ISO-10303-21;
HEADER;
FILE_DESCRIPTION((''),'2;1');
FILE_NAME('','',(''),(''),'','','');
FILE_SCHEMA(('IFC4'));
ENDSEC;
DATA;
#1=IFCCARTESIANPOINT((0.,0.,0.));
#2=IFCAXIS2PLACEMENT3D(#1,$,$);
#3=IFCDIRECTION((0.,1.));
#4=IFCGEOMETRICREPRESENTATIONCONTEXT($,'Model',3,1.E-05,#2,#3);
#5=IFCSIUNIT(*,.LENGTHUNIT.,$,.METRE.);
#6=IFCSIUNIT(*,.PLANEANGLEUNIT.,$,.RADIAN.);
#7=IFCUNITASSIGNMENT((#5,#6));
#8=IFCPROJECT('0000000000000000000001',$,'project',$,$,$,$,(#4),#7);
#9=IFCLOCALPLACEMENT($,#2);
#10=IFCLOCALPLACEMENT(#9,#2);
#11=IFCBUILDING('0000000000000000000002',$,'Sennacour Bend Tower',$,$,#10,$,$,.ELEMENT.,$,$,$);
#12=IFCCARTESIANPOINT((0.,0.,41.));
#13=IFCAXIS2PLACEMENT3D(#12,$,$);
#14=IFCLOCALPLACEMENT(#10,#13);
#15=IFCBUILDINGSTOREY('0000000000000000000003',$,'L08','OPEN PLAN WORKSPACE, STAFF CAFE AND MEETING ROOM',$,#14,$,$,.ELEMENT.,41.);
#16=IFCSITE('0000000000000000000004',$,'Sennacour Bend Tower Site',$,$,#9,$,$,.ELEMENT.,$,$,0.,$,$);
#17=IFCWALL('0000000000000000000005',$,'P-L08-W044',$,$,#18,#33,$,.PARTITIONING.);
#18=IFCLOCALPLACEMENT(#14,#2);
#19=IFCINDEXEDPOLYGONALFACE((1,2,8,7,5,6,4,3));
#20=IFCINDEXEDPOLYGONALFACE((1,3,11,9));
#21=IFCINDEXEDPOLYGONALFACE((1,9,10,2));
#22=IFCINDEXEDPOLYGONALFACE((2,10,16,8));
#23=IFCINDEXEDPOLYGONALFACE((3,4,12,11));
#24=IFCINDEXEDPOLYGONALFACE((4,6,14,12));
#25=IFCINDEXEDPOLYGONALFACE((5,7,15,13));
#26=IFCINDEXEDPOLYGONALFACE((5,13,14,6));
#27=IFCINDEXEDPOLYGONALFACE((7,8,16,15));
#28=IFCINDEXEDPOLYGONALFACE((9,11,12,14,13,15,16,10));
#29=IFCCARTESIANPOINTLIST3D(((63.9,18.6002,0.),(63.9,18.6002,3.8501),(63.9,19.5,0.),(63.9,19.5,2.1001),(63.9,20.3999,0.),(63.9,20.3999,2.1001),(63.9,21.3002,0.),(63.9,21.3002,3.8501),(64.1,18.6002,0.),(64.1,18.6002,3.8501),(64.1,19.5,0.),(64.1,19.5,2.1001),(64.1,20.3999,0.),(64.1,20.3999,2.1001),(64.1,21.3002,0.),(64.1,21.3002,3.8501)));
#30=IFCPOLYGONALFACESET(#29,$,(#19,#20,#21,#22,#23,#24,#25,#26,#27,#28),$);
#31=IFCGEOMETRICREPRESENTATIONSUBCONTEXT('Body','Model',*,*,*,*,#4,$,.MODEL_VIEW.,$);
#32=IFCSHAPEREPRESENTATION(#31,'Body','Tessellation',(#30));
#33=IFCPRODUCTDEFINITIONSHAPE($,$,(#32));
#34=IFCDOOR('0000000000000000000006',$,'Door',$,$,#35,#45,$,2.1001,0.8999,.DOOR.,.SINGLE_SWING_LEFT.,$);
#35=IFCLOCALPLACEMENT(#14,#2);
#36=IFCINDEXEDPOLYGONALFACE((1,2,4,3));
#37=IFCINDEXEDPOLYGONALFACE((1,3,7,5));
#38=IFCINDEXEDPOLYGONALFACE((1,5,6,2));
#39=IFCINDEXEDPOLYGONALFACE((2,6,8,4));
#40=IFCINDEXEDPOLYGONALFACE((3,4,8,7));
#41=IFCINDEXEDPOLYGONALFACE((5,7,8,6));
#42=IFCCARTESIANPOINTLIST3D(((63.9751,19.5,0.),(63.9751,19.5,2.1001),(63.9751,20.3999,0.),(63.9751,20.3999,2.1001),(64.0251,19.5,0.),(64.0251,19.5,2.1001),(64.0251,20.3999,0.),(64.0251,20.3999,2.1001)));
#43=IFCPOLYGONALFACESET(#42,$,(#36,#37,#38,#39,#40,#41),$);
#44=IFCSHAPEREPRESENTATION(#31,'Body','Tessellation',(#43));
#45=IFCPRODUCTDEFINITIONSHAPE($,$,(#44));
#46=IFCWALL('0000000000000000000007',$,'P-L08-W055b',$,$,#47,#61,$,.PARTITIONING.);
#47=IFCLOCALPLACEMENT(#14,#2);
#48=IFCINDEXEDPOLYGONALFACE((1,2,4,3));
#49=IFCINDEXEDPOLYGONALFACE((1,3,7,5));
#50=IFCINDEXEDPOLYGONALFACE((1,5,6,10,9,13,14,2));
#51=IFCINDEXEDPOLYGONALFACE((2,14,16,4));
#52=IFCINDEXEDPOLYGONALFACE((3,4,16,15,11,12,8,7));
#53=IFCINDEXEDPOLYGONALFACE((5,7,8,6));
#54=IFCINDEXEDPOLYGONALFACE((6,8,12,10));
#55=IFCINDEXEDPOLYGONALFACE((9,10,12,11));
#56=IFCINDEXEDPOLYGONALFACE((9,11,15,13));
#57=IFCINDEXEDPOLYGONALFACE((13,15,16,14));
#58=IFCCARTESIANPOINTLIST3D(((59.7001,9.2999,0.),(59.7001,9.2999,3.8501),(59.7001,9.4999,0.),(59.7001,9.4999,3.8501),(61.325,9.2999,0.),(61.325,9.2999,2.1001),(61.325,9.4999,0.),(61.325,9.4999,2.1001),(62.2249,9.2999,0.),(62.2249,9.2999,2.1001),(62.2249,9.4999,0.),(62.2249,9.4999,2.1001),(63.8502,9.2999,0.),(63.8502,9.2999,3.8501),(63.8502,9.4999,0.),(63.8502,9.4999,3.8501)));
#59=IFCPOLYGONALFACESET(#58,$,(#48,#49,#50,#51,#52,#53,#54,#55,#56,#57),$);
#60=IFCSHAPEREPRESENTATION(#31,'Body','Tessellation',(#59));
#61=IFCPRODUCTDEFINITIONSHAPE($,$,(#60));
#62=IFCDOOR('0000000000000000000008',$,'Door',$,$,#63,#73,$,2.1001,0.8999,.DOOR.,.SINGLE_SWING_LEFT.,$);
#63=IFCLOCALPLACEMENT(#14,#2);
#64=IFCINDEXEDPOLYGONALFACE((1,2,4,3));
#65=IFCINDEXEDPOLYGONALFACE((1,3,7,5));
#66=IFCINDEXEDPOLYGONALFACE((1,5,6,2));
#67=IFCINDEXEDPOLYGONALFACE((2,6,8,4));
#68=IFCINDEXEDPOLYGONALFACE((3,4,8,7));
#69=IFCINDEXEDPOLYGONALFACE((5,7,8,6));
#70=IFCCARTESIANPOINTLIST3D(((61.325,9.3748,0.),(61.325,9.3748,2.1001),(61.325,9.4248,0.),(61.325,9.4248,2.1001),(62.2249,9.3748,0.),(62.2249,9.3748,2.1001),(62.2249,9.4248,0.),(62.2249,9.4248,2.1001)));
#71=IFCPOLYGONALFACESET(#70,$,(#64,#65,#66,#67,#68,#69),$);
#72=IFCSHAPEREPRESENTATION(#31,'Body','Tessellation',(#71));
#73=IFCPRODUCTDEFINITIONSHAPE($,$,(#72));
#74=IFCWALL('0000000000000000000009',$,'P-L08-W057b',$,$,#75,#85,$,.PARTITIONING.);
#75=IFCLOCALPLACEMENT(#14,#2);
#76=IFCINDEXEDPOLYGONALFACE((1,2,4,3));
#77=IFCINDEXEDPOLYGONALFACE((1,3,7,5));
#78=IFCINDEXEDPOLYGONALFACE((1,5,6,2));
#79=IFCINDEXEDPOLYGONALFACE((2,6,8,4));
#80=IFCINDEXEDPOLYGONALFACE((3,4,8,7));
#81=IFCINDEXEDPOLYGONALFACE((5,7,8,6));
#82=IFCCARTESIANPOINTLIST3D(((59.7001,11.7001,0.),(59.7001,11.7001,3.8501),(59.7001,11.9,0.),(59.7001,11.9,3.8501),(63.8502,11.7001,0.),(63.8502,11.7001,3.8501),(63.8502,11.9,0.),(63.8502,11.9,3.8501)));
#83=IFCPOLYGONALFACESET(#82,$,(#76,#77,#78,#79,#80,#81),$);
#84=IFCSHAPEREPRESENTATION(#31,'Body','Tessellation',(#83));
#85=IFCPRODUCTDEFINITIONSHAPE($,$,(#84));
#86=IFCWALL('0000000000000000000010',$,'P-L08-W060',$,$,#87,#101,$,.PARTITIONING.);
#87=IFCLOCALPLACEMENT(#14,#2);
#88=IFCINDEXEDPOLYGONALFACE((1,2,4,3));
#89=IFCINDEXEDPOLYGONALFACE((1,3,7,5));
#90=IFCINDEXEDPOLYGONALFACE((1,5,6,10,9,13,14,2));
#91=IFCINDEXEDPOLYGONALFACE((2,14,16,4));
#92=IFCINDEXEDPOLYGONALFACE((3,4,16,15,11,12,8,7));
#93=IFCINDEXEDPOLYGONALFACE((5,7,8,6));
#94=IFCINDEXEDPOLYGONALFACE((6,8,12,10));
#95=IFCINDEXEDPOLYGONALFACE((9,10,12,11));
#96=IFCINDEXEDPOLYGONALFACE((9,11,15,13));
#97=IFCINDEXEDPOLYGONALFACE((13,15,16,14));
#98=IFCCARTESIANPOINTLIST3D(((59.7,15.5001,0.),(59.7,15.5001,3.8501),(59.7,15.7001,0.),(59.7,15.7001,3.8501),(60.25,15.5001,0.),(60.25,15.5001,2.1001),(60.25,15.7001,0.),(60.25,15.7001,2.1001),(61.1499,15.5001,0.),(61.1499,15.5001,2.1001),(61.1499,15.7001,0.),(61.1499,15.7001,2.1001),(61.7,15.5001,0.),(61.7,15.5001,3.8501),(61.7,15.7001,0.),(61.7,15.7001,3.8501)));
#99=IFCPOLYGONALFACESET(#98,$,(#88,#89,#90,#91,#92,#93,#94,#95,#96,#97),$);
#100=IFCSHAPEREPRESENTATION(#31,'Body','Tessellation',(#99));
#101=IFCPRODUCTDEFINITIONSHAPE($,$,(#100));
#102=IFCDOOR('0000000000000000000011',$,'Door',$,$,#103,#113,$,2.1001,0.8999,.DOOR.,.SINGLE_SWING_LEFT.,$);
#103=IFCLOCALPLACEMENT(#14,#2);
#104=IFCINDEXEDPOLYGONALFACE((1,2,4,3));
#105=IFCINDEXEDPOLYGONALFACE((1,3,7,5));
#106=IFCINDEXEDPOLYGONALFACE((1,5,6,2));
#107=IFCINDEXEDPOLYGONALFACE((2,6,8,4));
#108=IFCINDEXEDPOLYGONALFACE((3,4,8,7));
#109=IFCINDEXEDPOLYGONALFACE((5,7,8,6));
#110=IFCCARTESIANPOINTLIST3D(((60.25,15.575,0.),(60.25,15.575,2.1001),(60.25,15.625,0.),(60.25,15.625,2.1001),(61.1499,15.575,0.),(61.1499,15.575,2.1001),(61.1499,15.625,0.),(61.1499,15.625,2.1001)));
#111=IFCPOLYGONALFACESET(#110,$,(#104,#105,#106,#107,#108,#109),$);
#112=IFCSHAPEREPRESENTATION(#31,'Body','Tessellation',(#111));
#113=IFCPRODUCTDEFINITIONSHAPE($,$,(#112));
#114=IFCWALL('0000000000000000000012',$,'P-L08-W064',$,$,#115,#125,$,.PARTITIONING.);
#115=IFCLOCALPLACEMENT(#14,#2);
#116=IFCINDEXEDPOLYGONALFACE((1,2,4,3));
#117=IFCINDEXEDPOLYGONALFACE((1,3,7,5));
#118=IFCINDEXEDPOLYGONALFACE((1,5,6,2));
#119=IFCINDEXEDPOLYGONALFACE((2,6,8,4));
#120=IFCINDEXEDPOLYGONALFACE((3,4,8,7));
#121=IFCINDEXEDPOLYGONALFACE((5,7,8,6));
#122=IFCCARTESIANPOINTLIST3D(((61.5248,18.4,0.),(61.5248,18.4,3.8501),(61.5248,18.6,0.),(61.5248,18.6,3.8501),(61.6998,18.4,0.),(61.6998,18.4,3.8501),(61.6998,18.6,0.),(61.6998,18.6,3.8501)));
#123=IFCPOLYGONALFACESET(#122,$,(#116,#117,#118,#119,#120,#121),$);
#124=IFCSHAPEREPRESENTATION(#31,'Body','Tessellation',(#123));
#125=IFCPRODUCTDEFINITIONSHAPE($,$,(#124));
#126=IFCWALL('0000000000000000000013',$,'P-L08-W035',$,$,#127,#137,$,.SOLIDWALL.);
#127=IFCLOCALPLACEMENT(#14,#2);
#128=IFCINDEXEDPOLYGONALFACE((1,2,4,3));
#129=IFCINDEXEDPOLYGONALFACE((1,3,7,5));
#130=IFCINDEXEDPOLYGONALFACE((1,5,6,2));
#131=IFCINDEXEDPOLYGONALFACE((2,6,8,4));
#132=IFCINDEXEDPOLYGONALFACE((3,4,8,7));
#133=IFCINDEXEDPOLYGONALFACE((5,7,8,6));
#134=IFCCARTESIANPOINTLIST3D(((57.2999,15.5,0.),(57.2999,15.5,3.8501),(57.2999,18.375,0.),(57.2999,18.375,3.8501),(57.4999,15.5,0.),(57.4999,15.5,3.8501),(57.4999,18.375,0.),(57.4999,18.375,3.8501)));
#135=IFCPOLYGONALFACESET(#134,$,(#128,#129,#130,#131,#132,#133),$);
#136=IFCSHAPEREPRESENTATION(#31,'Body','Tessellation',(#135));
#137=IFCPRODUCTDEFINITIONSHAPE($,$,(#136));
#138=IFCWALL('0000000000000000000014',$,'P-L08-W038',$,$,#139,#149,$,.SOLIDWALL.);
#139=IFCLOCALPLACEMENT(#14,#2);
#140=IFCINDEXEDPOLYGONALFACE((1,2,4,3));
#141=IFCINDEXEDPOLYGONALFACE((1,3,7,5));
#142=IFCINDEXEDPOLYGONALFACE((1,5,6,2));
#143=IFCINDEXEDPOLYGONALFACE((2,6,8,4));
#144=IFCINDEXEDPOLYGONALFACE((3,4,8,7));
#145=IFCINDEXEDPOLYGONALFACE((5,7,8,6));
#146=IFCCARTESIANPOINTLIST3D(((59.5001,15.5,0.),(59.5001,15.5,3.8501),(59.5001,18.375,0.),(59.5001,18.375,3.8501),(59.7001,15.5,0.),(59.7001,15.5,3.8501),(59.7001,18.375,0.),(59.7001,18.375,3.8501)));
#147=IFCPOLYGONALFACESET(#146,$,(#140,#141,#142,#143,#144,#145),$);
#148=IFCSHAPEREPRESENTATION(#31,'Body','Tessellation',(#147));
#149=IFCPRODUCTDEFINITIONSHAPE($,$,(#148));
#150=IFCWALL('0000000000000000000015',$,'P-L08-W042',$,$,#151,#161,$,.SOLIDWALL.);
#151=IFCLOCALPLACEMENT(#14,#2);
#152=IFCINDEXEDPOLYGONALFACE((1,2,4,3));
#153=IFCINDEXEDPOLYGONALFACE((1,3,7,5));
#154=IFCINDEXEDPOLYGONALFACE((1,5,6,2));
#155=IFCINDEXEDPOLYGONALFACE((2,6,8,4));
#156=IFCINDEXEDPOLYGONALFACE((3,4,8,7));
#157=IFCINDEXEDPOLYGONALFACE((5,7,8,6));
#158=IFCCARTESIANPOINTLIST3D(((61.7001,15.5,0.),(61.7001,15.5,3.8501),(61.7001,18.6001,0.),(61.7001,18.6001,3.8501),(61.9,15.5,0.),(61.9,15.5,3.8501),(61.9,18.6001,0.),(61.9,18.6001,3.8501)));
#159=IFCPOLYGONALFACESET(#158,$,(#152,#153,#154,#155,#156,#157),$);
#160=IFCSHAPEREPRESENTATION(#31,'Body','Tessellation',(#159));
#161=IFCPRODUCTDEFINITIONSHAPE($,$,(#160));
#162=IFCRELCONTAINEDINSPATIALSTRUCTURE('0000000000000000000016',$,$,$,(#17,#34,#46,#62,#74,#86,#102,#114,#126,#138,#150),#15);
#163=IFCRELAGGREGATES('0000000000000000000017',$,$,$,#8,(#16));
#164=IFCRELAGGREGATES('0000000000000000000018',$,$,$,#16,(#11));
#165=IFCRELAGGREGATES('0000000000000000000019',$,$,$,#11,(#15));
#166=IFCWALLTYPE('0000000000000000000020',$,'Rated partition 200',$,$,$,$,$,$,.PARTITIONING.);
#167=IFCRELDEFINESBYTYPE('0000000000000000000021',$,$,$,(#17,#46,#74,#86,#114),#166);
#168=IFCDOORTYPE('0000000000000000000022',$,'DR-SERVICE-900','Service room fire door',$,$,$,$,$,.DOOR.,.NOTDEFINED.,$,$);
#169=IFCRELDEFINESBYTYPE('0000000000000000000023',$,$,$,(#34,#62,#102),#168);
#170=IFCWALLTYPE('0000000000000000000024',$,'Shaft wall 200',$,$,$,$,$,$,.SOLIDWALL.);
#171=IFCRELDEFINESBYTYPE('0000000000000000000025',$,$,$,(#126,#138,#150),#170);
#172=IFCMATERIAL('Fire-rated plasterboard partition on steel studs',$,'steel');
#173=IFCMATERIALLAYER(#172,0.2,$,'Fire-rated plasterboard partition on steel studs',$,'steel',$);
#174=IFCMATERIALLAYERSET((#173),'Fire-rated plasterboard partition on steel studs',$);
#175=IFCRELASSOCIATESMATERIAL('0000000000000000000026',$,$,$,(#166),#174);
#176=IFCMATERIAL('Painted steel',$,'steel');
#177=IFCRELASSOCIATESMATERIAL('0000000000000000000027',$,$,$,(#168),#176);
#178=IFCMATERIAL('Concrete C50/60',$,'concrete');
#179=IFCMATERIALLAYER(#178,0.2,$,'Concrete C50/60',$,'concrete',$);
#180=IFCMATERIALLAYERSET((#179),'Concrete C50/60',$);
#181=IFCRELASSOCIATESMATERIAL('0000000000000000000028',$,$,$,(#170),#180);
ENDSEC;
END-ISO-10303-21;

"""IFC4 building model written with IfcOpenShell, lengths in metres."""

from ifc_helpers import new_model, si_unit, direction, frame, frame_2d, origin, place, context, subcontext, project, spatial, rectangle, extrude, material, layer, layer_set, type_object, element, fill, save


model = new_model("IFC4")

# Units and contexts
model_context = context("Model", 3, precision=1e-05, world=origin(), true_north=direction((0.0, 1.0)))
body_context = subcontext(model_context, "Body", "Model", "MODEL_VIEW")
ifc_project = project(units=[si_unit("LENGTHUNIT", "METRE"), si_unit("PLANEANGLEUNIT", "RADIAN")], contexts=[model_context])

# Site, building, storey
site_placement = place(None, origin())
site = spatial("IfcSite", under=ifc_project, at=site_placement, Name="Sennacour Bend Tower Site", CompositionType="ELEMENT", RefElevation=0.0)
building_placement = place(site_placement, origin())
building = spatial("IfcBuilding", under=site, at=building_placement, Name="Sennacour Bend Tower", CompositionType="ELEMENT")
storey_placement = place(building_placement, frame((0.0, 0.0, 41.0)))
storey = spatial("IfcBuildingStorey", under=building, at=storey_placement, Name="L08", Description="OPEN PLAN WORKSPACE, STAFF CAFE AND MEETING ROOM", CompositionType="ELEMENT", Elevation=41.0)

# Walls, openings, doors
ifc_material_1 = material(Name="Fire-rated plasterboard partition on steel studs", Category="steel")
ifc_layer_1 = layer(ifc_material_1, 0.2, Name="Fire-rated plasterboard partition on steel studs", Category="steel")
ifc_layer_set_1 = layer_set([ifc_layer_1], Name="Fire-rated plasterboard partition on steel studs")
wall_type_1 = type_object("IfcWallType", Name="Rated partition 200", PredefinedType="PARTITIONING", material=ifc_layer_set_1)
wall_1_placement = place(storey_placement, frame((64.0, 18.6001, 0.0), z_axis=(0.0, 0.0, 1.0), x_axis=(0.0, 1.0, 0.0)))
wall_1 = element("IfcWall", 1, at=wall_1_placement, inside=storey, type_object=wall_type_1, Name="P-L08-W044", PredefinedType="PARTITIONING", context=body_context, shape_type="SweptSolid", body=[
    extrude(rectangle(XDim=2.7, YDim=0.2, at=frame_2d((1.3501, 0.0))), origin(), (0.0, 0.0, 1.0), 3.8501),
])
opening_1_placement = place(wall_1_placement, frame((0.8999, 0.0, 0.0)))
opening_1 = element("IfcOpeningElement", 2, at=opening_1_placement, cuts=wall_1, PredefinedType="OPENING", context=body_context, shape_type="SweptSolid", body=[
    extrude(rectangle(XDim=0.8999, YDim=2.1001, at=frame_2d((0.45, 1.05))), frame((0.0, 0.1099, 0.0), z_axis=(0.0, -1.0, 0.0), x_axis=(1.0, 0.0, 0.0)), (0.0, 0.0, 1.0), 0.22),
])
ifc_material_2 = material(Name="Painted steel", Category="steel")
door_type_1 = type_object("IfcDoorType", Name="DR-SERVICE-900", Description="Service room fire door", OperationType="NOTDEFINED", PredefinedType="DOOR", material=ifc_material_2)
door_1_placement = place(opening_1_placement, origin())
door_1 = element("IfcDoor", 3, at=door_1_placement, inside=storey, type_object=door_type_1, Name="Door", OperationType="SINGLE_SWING_LEFT", OverallHeight=2.1001, OverallWidth=0.8999, PredefinedType="DOOR", context=body_context, shape_type="SweptSolid", body=[
    extrude(rectangle(XDim=0.8999, YDim=2.1001, at=frame_2d((0.45, 1.05))), frame((0.0, 0.0249, 0.0), z_axis=(0.0, -1.0, 0.0), x_axis=(1.0, 0.0, 0.0)), (0.0, 0.0, 1.0), 0.05),
])
fill(opening_1, door_1)
wall_2_placement = place(storey_placement, frame((59.7, 9.3999, 0.0), z_axis=(0.0, 0.0, 1.0), x_axis=(1.0, 0.0, 0.0)))
wall_2 = element("IfcWall", 4, at=wall_2_placement, inside=storey, type_object=wall_type_1, Name="P-L08-W055b", PredefinedType="PARTITIONING", context=body_context, shape_type="SweptSolid", body=[
    extrude(rectangle(XDim=4.1501, YDim=0.2, at=frame_2d((2.0752, 0.0))), origin(), (0.0, 0.0, 1.0), 3.8501),
])
opening_2_placement = place(wall_2_placement, frame((1.625, 0.0, 0.0)))
opening_2 = element("IfcOpeningElement", 5, at=opening_2_placement, cuts=wall_2, PredefinedType="OPENING", context=body_context, shape_type="SweptSolid", body=[
    extrude(rectangle(XDim=0.8999, YDim=2.1001, at=frame_2d((0.45, 1.05))), frame((0.0, 0.1099, 0.0), z_axis=(0.0, -1.0, 0.0), x_axis=(1.0, 0.0, 0.0)), (0.0, 0.0, 1.0), 0.22),
])
door_2_placement = place(opening_2_placement, origin())
door_2 = element("IfcDoor", 6, at=door_2_placement, inside=storey, type_object=door_type_1, Name="Door", OperationType="SINGLE_SWING_LEFT", OverallHeight=2.1001, OverallWidth=0.8999, PredefinedType="DOOR", context=body_context, shape_type="SweptSolid", body=[
    extrude(rectangle(XDim=0.8999, YDim=2.1001, at=frame_2d((0.45, 1.05))), frame((0.0, 0.0249, 0.0), z_axis=(0.0, -1.0, 0.0), x_axis=(1.0, 0.0, 0.0)), (0.0, 0.0, 1.0), 0.05),
])
fill(opening_2, door_2)

# Wall
wall_3_placement = place(storey_placement, frame((59.7, 11.8, 0.0), z_axis=(0.0, 0.0, 1.0), x_axis=(1.0, 0.0, 0.0)))
element("IfcWall", 7, at=wall_3_placement, inside=storey, type_object=wall_type_1, Name="P-L08-W057b", PredefinedType="PARTITIONING", context=body_context, shape_type="SweptSolid", body=[
    extrude(rectangle(XDim=4.1501, YDim=0.2, at=frame_2d((2.0752, 0.0))), origin(), (0.0, 0.0, 1.0), 3.8501),
])

# Wall, opening, door
wall_4_placement = place(storey_placement, frame((59.7, 15.6001, 0.0), z_axis=(0.0, 0.0, 1.0), x_axis=(1.0, 0.0, 0.0)))
wall_4 = element("IfcWall", 8, at=wall_4_placement, inside=storey, type_object=wall_type_1, Name="P-L08-W060", PredefinedType="PARTITIONING", context=body_context, shape_type="SweptSolid", body=[
    extrude(rectangle(XDim=2.0, YDim=0.2, at=frame_2d((1.0, 0.0))), origin(), (0.0, 0.0, 1.0), 3.8501),
])
opening_3_placement = place(wall_4_placement, frame((0.55, 0.0, 0.0)))
opening_3 = element("IfcOpeningElement", 9, at=opening_3_placement, cuts=wall_4, PredefinedType="OPENING", context=body_context, shape_type="SweptSolid", body=[
    extrude(rectangle(XDim=0.8999, YDim=2.1001, at=frame_2d((0.45, 1.05))), frame((0.0, 0.1099, 0.0), z_axis=(0.0, -1.0, 0.0), x_axis=(1.0, 0.0, 0.0)), (0.0, 0.0, 1.0), 0.22),
])
door_3_placement = place(opening_3_placement, origin())
door_3 = element("IfcDoor", 10, at=door_3_placement, inside=storey, type_object=door_type_1, Name="Door", OperationType="SINGLE_SWING_LEFT", OverallHeight=2.1001, OverallWidth=0.8999, PredefinedType="DOOR", context=body_context, shape_type="SweptSolid", body=[
    extrude(rectangle(XDim=0.8999, YDim=2.1001, at=frame_2d((0.45, 1.05))), frame((0.0, 0.0249, 0.0), z_axis=(0.0, -1.0, 0.0), x_axis=(1.0, 0.0, 0.0)), (0.0, 0.0, 1.0), 0.05),
])
fill(opening_3, door_3)

# Walls
wall_5_placement = place(storey_placement, frame((61.5249, 18.5, 0.0), z_axis=(0.0, 0.0, 1.0), x_axis=(1.0, 0.0, 0.0)))
element("IfcWall", 11, at=wall_5_placement, inside=storey, type_object=wall_type_1, Name="P-L08-W064", PredefinedType="PARTITIONING", context=body_context, shape_type="SweptSolid", body=[
    extrude(rectangle(XDim=0.175, YDim=0.2, at=frame_2d((0.0874, 0.0))), origin(), (0.0, 0.0, 1.0), 3.8501),
])
ifc_material_3 = material(Name="Concrete C50/60", Category="concrete")
ifc_layer_2 = layer(ifc_material_3, 0.2, Name="Concrete C50/60", Category="concrete")
ifc_layer_set_2 = layer_set([ifc_layer_2], Name="Concrete C50/60")
wall_type_2 = type_object("IfcWallType", Name="Shaft wall 200", PredefinedType="SOLIDWALL", material=ifc_layer_set_2)
for number, where, z_axis, x_axis, name in (
    (12, (57.3999, 15.5, 0.0), (0.0, 0.0, 1.0), (0.0, 1.0, 0.0), "P-L08-W035"),
    (13, (59.6001, 15.5, 0.0), (0.0, 0.0, 1.0), (0.0, 1.0, 0.0), "P-L08-W038"),
):
    element("IfcWall", number, at=place(storey_placement, frame(where, z_axis=z_axis, x_axis=x_axis)), inside=storey, type_object=wall_type_2, Name=name, PredefinedType="SOLIDWALL", context=body_context, shape_type="SweptSolid", body=[
        extrude(rectangle(XDim=2.875, YDim=0.2, at=frame_2d((1.4375, 0.0))), origin(), (0.0, 0.0, 1.0), 3.8501),
    ])
wall_6_placement = place(storey_placement, frame((61.8, 15.5, 0.0), z_axis=(0.0, 0.0, 1.0), x_axis=(0.0, 1.0, 0.0)))
element("IfcWall", 14, at=wall_6_placement, inside=storey, type_object=wall_type_2, Name="P-L08-W042", PredefinedType="SOLIDWALL", context=body_context, shape_type="SweptSolid", body=[
    extrude(rectangle(XDim=3.1001, YDim=0.2, at=frame_2d((1.55, 0.0))), origin(), (0.0, 0.0, 1.0), 3.8501),
])

save(model, "model.ifc")
